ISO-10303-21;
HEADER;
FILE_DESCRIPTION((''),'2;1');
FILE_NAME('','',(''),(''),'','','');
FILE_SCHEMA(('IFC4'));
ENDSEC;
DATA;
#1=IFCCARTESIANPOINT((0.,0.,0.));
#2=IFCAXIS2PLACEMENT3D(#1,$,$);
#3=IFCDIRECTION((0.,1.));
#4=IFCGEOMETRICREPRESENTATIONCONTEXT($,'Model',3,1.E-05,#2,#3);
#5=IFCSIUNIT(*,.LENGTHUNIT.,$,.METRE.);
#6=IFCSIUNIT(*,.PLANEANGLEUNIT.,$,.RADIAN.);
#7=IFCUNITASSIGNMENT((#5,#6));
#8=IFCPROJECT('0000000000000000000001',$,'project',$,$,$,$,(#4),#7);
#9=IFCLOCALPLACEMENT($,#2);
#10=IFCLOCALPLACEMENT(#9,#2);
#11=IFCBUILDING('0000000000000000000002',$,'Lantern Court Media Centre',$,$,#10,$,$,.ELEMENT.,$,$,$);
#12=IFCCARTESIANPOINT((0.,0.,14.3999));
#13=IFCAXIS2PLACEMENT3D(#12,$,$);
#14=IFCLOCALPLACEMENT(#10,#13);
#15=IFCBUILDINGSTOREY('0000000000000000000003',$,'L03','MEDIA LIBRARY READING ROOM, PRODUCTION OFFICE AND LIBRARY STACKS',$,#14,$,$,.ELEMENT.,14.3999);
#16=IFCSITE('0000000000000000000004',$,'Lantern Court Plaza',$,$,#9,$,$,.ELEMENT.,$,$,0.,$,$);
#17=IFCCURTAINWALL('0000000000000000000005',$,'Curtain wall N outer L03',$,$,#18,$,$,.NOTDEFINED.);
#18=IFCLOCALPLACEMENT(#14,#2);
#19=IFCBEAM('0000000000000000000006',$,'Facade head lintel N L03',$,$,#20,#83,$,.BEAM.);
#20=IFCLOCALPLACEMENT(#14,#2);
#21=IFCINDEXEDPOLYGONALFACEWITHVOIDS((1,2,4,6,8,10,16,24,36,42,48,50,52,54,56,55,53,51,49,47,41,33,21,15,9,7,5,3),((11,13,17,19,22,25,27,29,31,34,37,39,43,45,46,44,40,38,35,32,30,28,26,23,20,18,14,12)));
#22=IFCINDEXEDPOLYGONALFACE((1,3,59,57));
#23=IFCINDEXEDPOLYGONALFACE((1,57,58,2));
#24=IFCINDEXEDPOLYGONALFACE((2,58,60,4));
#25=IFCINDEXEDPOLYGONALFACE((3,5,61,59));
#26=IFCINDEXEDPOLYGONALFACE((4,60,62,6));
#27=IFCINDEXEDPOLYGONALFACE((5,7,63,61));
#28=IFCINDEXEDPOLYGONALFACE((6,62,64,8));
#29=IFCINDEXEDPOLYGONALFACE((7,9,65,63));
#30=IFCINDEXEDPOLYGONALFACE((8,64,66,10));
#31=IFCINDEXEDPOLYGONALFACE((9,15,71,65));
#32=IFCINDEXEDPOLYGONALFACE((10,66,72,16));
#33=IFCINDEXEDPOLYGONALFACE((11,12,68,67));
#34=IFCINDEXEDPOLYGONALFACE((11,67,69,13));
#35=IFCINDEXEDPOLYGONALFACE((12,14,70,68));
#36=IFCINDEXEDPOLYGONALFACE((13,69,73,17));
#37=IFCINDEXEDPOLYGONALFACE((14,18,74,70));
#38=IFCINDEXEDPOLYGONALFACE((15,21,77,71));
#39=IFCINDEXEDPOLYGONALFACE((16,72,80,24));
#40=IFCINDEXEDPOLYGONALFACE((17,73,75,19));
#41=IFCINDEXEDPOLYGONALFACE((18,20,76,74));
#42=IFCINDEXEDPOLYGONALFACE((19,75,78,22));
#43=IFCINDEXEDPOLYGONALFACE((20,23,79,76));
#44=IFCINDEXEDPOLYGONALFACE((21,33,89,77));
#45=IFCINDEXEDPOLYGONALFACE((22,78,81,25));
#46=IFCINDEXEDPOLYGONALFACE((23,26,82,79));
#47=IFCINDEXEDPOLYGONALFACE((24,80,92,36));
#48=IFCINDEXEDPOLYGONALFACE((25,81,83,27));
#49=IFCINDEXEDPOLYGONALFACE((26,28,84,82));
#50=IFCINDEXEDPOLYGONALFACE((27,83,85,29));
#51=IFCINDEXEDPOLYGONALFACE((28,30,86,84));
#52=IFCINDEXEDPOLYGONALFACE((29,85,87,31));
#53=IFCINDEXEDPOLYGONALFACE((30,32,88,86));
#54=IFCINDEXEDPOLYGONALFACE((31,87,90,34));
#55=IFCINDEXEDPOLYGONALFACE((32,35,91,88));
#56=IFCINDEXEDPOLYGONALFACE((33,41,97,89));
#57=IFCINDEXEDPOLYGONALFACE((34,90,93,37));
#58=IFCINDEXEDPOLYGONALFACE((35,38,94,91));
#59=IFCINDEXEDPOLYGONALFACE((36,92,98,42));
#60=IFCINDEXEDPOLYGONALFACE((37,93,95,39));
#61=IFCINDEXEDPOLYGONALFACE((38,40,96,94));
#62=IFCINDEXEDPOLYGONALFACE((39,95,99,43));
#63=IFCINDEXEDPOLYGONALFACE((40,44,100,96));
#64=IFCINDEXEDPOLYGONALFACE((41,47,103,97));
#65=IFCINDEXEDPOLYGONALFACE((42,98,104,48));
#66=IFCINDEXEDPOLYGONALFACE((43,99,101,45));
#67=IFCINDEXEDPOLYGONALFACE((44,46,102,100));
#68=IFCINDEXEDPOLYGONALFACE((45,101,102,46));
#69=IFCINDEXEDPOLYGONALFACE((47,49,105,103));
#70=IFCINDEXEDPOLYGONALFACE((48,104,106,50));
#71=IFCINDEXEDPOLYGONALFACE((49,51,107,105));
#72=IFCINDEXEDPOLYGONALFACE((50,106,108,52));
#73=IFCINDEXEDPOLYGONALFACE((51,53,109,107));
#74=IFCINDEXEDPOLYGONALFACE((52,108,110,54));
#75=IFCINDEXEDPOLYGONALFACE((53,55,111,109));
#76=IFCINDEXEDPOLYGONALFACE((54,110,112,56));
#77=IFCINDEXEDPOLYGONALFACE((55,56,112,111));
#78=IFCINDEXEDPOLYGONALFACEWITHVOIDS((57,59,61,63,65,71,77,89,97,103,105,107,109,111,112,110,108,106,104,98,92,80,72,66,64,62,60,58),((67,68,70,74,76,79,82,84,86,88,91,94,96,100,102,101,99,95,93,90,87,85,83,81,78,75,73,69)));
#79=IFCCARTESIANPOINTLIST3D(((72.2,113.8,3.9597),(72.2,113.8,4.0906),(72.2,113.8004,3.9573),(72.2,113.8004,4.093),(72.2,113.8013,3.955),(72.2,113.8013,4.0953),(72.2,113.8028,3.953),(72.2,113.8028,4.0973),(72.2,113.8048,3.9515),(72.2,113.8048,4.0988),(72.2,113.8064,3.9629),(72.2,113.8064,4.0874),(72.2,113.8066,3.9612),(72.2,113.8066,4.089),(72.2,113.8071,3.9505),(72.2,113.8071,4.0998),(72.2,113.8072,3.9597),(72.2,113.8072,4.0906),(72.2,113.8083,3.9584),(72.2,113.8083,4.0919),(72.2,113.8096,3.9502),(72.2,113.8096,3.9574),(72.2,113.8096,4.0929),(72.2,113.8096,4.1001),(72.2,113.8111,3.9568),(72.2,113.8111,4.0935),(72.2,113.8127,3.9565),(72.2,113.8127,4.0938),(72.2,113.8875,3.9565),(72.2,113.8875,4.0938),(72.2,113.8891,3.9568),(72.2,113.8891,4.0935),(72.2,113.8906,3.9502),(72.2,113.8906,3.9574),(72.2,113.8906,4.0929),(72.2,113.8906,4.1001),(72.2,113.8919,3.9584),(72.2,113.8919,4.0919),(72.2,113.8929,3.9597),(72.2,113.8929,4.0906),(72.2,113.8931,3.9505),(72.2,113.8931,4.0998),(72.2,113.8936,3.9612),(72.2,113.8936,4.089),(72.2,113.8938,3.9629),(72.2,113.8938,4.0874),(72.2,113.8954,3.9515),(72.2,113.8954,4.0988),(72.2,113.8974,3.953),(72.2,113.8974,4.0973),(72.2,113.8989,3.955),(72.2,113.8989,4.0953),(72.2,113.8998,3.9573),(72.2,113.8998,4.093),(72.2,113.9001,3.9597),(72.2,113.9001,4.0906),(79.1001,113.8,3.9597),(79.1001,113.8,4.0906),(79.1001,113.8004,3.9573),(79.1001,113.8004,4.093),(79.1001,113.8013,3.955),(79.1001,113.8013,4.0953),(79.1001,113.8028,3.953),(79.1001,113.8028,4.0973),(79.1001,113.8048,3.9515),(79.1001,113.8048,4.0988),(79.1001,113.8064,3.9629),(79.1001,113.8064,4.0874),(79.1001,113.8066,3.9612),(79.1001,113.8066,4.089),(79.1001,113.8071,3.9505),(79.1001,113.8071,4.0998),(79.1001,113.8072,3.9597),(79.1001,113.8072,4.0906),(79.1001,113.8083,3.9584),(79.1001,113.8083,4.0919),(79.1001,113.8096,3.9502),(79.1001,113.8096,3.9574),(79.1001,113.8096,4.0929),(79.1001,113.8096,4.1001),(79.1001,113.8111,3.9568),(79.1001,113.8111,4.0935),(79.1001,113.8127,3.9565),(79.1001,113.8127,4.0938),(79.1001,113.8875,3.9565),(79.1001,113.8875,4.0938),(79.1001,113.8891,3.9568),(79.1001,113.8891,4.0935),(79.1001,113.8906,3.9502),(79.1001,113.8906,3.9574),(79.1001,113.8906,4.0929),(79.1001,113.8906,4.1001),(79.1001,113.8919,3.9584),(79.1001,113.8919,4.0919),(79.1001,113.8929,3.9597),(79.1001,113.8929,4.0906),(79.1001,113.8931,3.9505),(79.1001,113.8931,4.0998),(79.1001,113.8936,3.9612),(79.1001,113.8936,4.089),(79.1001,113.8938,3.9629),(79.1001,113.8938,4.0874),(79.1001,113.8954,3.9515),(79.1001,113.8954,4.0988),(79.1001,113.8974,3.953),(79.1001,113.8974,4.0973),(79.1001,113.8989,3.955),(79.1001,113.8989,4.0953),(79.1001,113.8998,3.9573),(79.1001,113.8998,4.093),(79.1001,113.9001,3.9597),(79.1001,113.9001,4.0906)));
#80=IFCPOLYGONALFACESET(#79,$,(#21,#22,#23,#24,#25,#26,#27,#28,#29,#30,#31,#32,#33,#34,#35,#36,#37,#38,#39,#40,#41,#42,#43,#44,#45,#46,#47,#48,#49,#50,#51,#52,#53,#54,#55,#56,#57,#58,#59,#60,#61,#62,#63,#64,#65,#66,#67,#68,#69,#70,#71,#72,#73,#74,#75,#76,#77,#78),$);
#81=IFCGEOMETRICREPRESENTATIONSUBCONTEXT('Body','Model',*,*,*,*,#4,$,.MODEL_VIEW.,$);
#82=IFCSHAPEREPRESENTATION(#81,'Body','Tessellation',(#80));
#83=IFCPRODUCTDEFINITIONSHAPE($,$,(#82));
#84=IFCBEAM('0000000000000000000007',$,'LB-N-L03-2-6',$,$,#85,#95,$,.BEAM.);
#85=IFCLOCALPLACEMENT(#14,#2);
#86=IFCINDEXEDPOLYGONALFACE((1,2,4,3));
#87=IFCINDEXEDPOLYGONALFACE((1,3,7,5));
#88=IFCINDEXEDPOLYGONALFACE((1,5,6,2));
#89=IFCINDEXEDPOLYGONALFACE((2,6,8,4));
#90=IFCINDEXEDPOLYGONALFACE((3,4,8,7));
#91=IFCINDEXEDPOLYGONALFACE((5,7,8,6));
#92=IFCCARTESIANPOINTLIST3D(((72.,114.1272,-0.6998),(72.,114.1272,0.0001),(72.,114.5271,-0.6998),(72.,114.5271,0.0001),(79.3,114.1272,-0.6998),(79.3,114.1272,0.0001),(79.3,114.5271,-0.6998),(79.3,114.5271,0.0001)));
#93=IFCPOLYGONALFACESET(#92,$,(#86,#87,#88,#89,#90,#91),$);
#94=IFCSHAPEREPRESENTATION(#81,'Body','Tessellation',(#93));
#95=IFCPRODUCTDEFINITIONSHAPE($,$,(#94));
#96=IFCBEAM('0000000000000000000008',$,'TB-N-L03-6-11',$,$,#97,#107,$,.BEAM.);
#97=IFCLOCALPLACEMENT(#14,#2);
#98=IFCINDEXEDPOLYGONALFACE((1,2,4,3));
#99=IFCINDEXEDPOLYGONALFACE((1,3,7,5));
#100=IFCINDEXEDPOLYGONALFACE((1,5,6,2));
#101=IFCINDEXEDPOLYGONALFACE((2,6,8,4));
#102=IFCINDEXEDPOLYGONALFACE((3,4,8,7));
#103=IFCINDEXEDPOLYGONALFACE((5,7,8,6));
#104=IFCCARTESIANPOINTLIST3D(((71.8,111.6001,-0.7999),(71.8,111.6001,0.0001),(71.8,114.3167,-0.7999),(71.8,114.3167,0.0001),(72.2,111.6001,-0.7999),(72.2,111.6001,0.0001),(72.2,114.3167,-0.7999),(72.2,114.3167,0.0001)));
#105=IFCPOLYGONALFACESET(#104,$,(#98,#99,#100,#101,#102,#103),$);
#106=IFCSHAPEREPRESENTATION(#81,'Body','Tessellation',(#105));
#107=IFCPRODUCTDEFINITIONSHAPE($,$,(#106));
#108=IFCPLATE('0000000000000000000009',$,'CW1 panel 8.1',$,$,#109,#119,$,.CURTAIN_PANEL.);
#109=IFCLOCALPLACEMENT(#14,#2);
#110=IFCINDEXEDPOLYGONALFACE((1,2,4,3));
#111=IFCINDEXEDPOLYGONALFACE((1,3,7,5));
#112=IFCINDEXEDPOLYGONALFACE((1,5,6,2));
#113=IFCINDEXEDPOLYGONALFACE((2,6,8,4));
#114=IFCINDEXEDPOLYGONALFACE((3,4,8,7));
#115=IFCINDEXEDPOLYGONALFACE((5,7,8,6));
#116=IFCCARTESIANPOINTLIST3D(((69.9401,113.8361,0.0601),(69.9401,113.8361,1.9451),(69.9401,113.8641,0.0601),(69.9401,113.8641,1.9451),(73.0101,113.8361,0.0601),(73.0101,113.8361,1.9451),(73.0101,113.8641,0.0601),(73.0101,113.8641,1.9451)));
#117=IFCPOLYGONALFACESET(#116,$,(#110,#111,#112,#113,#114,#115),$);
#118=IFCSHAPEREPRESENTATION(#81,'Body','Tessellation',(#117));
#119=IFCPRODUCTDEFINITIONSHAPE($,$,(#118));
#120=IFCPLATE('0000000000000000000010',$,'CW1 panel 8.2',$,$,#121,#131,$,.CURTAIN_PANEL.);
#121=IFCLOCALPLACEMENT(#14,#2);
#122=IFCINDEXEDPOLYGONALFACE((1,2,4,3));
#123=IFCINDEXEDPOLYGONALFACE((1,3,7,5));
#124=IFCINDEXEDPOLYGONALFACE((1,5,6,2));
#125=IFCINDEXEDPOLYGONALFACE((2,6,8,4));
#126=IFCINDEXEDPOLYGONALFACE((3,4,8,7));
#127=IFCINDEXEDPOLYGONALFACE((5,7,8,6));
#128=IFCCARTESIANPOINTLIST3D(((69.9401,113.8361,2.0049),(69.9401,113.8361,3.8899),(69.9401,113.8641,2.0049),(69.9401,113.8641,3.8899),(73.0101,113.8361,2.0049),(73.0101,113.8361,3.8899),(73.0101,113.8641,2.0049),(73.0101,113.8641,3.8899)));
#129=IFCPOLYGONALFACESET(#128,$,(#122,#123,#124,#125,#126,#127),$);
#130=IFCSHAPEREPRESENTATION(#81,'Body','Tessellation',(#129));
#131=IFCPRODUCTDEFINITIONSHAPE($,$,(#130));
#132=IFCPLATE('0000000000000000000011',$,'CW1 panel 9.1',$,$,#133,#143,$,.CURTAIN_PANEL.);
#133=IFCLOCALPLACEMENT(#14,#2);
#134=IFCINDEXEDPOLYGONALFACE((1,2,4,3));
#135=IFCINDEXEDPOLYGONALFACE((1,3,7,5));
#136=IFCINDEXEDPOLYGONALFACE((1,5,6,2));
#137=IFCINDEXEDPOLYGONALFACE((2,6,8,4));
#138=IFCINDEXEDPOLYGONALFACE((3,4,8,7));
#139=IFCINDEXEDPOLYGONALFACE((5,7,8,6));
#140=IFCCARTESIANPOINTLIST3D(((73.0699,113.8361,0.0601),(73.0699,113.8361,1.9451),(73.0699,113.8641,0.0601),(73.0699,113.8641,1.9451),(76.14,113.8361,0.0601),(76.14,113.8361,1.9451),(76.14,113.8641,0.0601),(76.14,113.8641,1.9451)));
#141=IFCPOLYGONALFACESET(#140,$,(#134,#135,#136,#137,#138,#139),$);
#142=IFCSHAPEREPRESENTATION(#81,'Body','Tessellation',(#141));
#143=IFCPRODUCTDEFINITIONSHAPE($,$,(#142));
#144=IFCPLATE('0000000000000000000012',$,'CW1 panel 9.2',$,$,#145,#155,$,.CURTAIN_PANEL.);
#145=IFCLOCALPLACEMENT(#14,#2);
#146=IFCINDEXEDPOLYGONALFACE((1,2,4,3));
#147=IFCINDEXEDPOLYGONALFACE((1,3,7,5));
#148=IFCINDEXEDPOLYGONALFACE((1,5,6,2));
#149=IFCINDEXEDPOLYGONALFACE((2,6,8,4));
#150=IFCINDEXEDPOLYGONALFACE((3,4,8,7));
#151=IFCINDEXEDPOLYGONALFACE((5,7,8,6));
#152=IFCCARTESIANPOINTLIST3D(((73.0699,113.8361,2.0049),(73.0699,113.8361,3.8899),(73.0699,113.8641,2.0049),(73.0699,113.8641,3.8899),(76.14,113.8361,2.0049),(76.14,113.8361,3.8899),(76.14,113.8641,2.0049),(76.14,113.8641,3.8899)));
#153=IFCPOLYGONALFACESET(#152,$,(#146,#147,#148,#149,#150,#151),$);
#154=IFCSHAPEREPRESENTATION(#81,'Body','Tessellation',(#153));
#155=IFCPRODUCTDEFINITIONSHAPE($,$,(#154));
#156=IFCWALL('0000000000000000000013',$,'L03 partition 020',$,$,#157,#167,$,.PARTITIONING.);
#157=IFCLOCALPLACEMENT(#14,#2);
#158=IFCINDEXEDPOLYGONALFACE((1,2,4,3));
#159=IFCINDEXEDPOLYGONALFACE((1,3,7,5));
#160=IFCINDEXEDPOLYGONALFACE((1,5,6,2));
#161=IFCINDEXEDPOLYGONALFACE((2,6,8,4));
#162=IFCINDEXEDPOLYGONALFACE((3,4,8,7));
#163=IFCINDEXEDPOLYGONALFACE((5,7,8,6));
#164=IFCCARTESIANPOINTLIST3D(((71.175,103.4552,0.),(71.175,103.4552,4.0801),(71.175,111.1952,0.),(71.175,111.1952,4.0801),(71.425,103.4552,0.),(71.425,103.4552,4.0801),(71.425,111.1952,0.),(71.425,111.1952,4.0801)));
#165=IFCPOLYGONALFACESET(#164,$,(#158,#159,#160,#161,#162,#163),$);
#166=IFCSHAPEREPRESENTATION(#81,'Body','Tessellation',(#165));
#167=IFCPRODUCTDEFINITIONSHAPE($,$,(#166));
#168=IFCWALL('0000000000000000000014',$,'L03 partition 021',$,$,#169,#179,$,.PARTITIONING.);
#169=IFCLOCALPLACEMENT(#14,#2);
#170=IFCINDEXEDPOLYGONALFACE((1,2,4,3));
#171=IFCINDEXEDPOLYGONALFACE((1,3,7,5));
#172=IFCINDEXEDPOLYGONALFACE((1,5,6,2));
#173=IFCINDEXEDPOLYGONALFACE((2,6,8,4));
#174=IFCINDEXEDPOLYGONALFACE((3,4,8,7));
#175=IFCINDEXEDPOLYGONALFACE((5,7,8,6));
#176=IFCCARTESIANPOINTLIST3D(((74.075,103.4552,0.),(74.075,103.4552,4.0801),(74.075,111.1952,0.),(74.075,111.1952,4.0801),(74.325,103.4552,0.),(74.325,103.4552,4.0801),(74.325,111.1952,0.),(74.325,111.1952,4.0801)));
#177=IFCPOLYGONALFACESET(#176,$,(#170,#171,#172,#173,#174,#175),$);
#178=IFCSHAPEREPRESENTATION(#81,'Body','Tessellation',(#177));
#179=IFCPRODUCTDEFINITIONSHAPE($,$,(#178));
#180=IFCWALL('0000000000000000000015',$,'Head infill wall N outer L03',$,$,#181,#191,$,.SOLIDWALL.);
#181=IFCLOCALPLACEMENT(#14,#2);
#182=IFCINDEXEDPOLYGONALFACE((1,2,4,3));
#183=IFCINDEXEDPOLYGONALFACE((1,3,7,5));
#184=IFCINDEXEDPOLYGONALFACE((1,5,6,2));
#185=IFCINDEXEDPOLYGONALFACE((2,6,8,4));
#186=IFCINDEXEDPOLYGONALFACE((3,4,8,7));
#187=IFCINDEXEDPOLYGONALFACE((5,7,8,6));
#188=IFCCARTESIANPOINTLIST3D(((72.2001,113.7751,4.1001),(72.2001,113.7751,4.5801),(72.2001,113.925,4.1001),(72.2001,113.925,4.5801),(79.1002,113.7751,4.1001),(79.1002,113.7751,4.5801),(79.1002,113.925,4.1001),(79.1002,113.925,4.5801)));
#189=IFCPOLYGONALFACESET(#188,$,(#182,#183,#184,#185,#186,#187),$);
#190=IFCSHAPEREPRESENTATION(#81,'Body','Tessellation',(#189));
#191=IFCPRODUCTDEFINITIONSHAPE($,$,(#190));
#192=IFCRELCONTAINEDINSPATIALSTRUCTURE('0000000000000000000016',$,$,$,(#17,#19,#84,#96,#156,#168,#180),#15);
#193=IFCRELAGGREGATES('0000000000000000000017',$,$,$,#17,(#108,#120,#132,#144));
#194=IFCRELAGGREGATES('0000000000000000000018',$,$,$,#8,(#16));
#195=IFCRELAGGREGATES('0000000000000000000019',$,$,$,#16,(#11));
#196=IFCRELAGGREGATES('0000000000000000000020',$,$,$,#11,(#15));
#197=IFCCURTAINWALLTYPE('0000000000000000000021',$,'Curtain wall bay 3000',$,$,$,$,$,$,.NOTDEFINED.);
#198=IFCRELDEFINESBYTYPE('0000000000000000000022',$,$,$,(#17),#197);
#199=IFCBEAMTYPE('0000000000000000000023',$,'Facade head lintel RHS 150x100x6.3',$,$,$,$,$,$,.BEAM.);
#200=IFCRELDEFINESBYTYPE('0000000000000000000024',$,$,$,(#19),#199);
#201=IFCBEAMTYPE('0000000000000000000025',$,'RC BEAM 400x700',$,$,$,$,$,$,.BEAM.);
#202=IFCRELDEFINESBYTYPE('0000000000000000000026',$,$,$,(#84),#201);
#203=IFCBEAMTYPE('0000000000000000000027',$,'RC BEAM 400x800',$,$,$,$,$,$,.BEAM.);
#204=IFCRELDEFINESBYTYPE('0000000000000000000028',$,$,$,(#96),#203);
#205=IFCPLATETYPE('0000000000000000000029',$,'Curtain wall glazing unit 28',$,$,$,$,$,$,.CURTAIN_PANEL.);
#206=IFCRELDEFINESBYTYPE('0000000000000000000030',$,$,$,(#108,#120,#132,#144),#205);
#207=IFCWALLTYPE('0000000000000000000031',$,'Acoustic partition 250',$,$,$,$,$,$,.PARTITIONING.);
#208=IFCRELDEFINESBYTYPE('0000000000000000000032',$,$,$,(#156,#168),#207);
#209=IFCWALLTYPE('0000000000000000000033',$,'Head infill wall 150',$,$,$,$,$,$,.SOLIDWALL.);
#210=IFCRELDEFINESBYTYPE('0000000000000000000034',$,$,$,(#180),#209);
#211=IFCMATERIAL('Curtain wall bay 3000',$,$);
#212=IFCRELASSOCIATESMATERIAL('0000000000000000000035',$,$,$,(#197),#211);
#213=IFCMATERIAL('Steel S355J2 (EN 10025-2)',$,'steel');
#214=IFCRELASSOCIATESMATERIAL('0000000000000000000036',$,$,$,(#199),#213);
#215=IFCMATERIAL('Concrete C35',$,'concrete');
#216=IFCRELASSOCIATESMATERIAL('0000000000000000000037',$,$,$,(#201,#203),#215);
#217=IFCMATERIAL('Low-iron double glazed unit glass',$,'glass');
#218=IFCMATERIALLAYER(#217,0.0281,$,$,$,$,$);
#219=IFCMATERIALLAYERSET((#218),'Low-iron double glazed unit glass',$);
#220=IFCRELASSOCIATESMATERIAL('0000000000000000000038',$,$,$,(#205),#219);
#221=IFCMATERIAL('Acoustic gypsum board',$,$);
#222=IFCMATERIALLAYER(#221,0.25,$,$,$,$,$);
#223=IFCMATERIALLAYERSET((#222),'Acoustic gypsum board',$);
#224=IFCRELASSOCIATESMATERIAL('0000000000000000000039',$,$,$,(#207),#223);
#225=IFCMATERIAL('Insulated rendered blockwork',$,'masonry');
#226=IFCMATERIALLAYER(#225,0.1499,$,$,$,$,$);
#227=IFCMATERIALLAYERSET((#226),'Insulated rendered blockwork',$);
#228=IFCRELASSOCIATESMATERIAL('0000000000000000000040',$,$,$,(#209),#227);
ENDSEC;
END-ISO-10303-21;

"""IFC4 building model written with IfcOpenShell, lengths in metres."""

from ifc_helpers import new_model, si_unit, direction, frame, frame_2d, origin, origin_2d, place, context, subcontext, project, spatial, rectangle, hollow_rectangle, extrude, material, layer, layer_set, material_profile, profile_set, type_object, element, aggregate, save


model = new_model("IFC4")

# Units and contexts
model_context = context("Model", 3, precision=1e-05, world=origin(), true_north=direction((0.0, 1.0)))
body_context = subcontext(model_context, "Body", "Model", "MODEL_VIEW")
ifc_project = project(units=[si_unit("LENGTHUNIT", "METRE"), si_unit("PLANEANGLEUNIT", "RADIAN")], contexts=[model_context])

# Site, building, storey
site_placement = place(None, origin())
site = spatial("IfcSite", under=ifc_project, at=site_placement, Name="Lantern Court Plaza", CompositionType="ELEMENT", RefElevation=0.0)
building_placement = place(site_placement, origin())
building = spatial("IfcBuilding", under=site, at=building_placement, Name="Lantern Court Media Centre", CompositionType="ELEMENT")
storey_placement = place(building_placement, frame((0.0, 0.0, 14.3999)))
storey = spatial("IfcBuildingStorey", under=building, at=storey_placement, Name="L03", Description="MEDIA LIBRARY READING ROOM, PRODUCTION OFFICE AND LIBRARY STACKS", CompositionType="ELEMENT", Elevation=14.3999)

# Shared definitions
ifc_material_1 = material(Name="Concrete C35", Category="concrete")

# Curtain wall
ifc_material_2 = material(Name="Curtain wall bay 3000")
curtain_wall_type = type_object("IfcCurtainWallType", Name="Curtain wall bay 3000", PredefinedType="NOTDEFINED", material=ifc_material_2)
curtain_wall_placement = place(storey_placement, origin())
curtain_wall = element("IfcCurtainWall", 1, at=curtain_wall_placement, inside=storey, type_object=curtain_wall_type, Name="Curtain wall N outer L03", PredefinedType="NOTDEFINED")

# Beams
ifc_material_3 = material(Name="Steel S355J2 (EN 10025-2)", Category="steel")
ifc_material_profile_1 = material_profile(ifc_material_3, hollow_rectangle(XDim=0.1001, YDim=0.1499, WallThickness=0.0063, InnerFilletRadius=0.0063, OuterFilletRadius=0.0095, at=origin_2d()), Name="Facade head lintel RHS 150x100x6.3")
ifc_profile_set_1 = profile_set([ifc_material_profile_1], Name="Steel S355J2 (EN 10025-2)")
beam_type_1 = type_object("IfcBeamType", Name="Facade head lintel RHS 150x100x6.3", PredefinedType="BEAM", material=ifc_profile_set_1)
beam_1_placement = place(storey_placement, frame((72.2, 113.8501, 4.0251), z_axis=(1.0, 0.0, 0.0), x_axis=(0.0, 1.0, 0.0)))
element("IfcBeam", 2, at=beam_1_placement, inside=storey, type_object=beam_type_1, Name="Facade head lintel N L03", PredefinedType="BEAM", context=body_context, shape_type="SweptSolid", body=[
    extrude(hollow_rectangle(XDim=0.1001, YDim=0.1499, WallThickness=0.0063, InnerFilletRadius=0.0063, OuterFilletRadius=0.0095, at=origin_2d()), origin(), (0.0, 0.0, 1.0), 6.9001),
])
ifc_material_profile_2 = material_profile(ifc_material_1, rectangle(XDim=0.3999, YDim=0.7, at=origin_2d()), Name="RC 400x700")
ifc_profile_set_2 = profile_set([ifc_material_profile_2], Name="Concrete C35")
beam_type_2 = type_object("IfcBeamType", Name="RC BEAM 400x700", PredefinedType="BEAM", material=ifc_profile_set_2)
beam_2_placement = place(storey_placement, frame((72.0, 114.3271, -0.3499), z_axis=(1.0, 0.0, 0.0), x_axis=(0.0, 1.0, 0.0)))
element("IfcBeam", 3, at=beam_2_placement, inside=storey, type_object=beam_type_2, Name="LB-N-L03-2-6", PredefinedType="BEAM", context=body_context, shape_type="SweptSolid", body=[
    extrude(rectangle(XDim=0.3999, YDim=0.7, at=origin_2d()), origin(), (0.0, 0.0, 1.0), 7.3),
])
ifc_material_profile_3 = material_profile(ifc_material_1, rectangle(XDim=0.3999, YDim=0.8, at=origin_2d()), Name="RC 400x800")
ifc_profile_set_3 = profile_set([ifc_material_profile_3], Name="Concrete C35")
beam_type_3 = type_object("IfcBeamType", Name="RC BEAM 400x800", PredefinedType="BEAM", material=ifc_profile_set_3)
beam_3_placement = place(storey_placement, frame((72.0, 111.6001, -0.3999), z_axis=(0.0, 1.0, 0.0), x_axis=(-1.0, 0.0, 0.0)))
element("IfcBeam", 4, at=beam_3_placement, inside=storey, type_object=beam_type_3, Name="TB-N-L03-6-11", PredefinedType="BEAM", context=body_context, shape_type="SweptSolid", body=[
    extrude(rectangle(XDim=0.3999, YDim=0.8, at=origin_2d()), origin(), (0.0, 0.0, 1.0), 2.7166),
])

# Plates
ifc_material_4 = material(Name="Low-iron double glazed unit glass", Category="glass")
ifc_layer_1 = layer(ifc_material_4, 0.0281)
ifc_layer_set_1 = layer_set([ifc_layer_1], Name="Low-iron double glazed unit glass")
plate_type = type_object("IfcPlateType", Name="Curtain wall glazing unit 28", PredefinedType="CURTAIN_PANEL", material=ifc_layer_set_1)
plate_1_placement = place(storey_placement, frame((71.4751, 113.8501, 0.0601), z_axis=(0.0, 0.0, 1.0), x_axis=(1.0, 0.0, 0.0)))
plate_1 = element("IfcPlate", 5, at=plate_1_placement, type_object=plate_type, Name="CW1 panel 8.1", PredefinedType="CURTAIN_PANEL", context=body_context, shape_type="SweptSolid", body=[
    extrude(rectangle(XDim=3.0701, YDim=0.0281, at=origin_2d()), origin(), (0.0, 0.0, 1.0), 1.885),
])
plate_2_placement = place(storey_placement, frame((71.4751, 113.8501, 2.0049), z_axis=(0.0, 0.0, 1.0), x_axis=(1.0, 0.0, 0.0)))
plate_2 = element("IfcPlate", 6, at=plate_2_placement, type_object=plate_type, Name="CW1 panel 8.2", PredefinedType="CURTAIN_PANEL", context=body_context, shape_type="SweptSolid", body=[
    extrude(rectangle(XDim=3.0701, YDim=0.0281, at=origin_2d()), origin(), (0.0, 0.0, 1.0), 1.885),
])
plate_3_placement = place(storey_placement, frame((74.605, 113.8501, 0.0601), z_axis=(0.0, 0.0, 1.0), x_axis=(1.0, 0.0, 0.0)))
plate_3 = element("IfcPlate", 7, at=plate_3_placement, type_object=plate_type, Name="CW1 panel 9.1", PredefinedType="CURTAIN_PANEL", context=body_context, shape_type="SweptSolid", body=[
    extrude(rectangle(XDim=3.0701, YDim=0.0281, at=origin_2d()), origin(), (0.0, 0.0, 1.0), 1.885),
])
plate_4_placement = place(storey_placement, frame((74.605, 113.8501, 2.0049), z_axis=(0.0, 0.0, 1.0), x_axis=(1.0, 0.0, 0.0)))
plate_4 = element("IfcPlate", 8, at=plate_4_placement, type_object=plate_type, Name="CW1 panel 9.2", PredefinedType="CURTAIN_PANEL", context=body_context, shape_type="SweptSolid", body=[
    extrude(rectangle(XDim=3.0701, YDim=0.0281, at=origin_2d()), origin(), (0.0, 0.0, 1.0), 1.885),
])
aggregate(curtain_wall, [plate_1, plate_2, plate_3, plate_4])

# Walls
ifc_material_5 = material(Name="Acoustic gypsum board")
ifc_layer_2 = layer(ifc_material_5, 0.25)
ifc_layer_set_2 = layer_set([ifc_layer_2], Name="Acoustic gypsum board")
wall_type_1 = type_object("IfcWallType", Name="Acoustic partition 250", PredefinedType="PARTITIONING", material=ifc_layer_set_2)
for number, where, z_axis, x_axis, name in (
    (9, (71.3, 103.4551, 0.0), (0.0, 0.0, 1.0), (0.0, 1.0, 0.0), "L03 partition 020"),
    (10, (74.2, 103.4551, 0.0), (0.0, 0.0, 1.0), (0.0, 1.0, 0.0), "L03 partition 021"),
):
    element("IfcWall", number, at=place(storey_placement, frame(where, z_axis=z_axis, x_axis=x_axis)), inside=storey, type_object=wall_type_1, Name=name, PredefinedType="PARTITIONING", context=body_context, shape_type="SweptSolid", body=[
        extrude(rectangle(XDim=7.74, YDim=0.25, at=frame_2d((3.8701, 0.0))), origin(), (0.0, 0.0, 1.0), 4.0801),
    ])
ifc_material_6 = material(Name="Insulated rendered blockwork", Category="masonry")
ifc_layer_3 = layer(ifc_material_6, 0.1499)
ifc_layer_set_3 = layer_set([ifc_layer_3], Name="Insulated rendered blockwork")
wall_type_2 = type_object("IfcWallType", Name="Head infill wall 150", PredefinedType="SOLIDWALL", material=ifc_layer_set_3)
wall_placement = place(storey_placement, frame((72.2, 113.8501, 4.1001), z_axis=(0.0, 0.0, 1.0), x_axis=(1.0, 0.0, 0.0)))
element("IfcWall", 11, at=wall_placement, inside=storey, type_object=wall_type_2, Name="Head infill wall N outer L03", PredefinedType="SOLIDWALL", context=body_context, shape_type="SweptSolid", body=[
    extrude(rectangle(XDim=6.9001, YDim=0.1499, at=frame_2d((3.4502, 0.0))), origin(), (0.0, 0.0, 1.0), 0.48),
])

save(model, "model.ifc")
